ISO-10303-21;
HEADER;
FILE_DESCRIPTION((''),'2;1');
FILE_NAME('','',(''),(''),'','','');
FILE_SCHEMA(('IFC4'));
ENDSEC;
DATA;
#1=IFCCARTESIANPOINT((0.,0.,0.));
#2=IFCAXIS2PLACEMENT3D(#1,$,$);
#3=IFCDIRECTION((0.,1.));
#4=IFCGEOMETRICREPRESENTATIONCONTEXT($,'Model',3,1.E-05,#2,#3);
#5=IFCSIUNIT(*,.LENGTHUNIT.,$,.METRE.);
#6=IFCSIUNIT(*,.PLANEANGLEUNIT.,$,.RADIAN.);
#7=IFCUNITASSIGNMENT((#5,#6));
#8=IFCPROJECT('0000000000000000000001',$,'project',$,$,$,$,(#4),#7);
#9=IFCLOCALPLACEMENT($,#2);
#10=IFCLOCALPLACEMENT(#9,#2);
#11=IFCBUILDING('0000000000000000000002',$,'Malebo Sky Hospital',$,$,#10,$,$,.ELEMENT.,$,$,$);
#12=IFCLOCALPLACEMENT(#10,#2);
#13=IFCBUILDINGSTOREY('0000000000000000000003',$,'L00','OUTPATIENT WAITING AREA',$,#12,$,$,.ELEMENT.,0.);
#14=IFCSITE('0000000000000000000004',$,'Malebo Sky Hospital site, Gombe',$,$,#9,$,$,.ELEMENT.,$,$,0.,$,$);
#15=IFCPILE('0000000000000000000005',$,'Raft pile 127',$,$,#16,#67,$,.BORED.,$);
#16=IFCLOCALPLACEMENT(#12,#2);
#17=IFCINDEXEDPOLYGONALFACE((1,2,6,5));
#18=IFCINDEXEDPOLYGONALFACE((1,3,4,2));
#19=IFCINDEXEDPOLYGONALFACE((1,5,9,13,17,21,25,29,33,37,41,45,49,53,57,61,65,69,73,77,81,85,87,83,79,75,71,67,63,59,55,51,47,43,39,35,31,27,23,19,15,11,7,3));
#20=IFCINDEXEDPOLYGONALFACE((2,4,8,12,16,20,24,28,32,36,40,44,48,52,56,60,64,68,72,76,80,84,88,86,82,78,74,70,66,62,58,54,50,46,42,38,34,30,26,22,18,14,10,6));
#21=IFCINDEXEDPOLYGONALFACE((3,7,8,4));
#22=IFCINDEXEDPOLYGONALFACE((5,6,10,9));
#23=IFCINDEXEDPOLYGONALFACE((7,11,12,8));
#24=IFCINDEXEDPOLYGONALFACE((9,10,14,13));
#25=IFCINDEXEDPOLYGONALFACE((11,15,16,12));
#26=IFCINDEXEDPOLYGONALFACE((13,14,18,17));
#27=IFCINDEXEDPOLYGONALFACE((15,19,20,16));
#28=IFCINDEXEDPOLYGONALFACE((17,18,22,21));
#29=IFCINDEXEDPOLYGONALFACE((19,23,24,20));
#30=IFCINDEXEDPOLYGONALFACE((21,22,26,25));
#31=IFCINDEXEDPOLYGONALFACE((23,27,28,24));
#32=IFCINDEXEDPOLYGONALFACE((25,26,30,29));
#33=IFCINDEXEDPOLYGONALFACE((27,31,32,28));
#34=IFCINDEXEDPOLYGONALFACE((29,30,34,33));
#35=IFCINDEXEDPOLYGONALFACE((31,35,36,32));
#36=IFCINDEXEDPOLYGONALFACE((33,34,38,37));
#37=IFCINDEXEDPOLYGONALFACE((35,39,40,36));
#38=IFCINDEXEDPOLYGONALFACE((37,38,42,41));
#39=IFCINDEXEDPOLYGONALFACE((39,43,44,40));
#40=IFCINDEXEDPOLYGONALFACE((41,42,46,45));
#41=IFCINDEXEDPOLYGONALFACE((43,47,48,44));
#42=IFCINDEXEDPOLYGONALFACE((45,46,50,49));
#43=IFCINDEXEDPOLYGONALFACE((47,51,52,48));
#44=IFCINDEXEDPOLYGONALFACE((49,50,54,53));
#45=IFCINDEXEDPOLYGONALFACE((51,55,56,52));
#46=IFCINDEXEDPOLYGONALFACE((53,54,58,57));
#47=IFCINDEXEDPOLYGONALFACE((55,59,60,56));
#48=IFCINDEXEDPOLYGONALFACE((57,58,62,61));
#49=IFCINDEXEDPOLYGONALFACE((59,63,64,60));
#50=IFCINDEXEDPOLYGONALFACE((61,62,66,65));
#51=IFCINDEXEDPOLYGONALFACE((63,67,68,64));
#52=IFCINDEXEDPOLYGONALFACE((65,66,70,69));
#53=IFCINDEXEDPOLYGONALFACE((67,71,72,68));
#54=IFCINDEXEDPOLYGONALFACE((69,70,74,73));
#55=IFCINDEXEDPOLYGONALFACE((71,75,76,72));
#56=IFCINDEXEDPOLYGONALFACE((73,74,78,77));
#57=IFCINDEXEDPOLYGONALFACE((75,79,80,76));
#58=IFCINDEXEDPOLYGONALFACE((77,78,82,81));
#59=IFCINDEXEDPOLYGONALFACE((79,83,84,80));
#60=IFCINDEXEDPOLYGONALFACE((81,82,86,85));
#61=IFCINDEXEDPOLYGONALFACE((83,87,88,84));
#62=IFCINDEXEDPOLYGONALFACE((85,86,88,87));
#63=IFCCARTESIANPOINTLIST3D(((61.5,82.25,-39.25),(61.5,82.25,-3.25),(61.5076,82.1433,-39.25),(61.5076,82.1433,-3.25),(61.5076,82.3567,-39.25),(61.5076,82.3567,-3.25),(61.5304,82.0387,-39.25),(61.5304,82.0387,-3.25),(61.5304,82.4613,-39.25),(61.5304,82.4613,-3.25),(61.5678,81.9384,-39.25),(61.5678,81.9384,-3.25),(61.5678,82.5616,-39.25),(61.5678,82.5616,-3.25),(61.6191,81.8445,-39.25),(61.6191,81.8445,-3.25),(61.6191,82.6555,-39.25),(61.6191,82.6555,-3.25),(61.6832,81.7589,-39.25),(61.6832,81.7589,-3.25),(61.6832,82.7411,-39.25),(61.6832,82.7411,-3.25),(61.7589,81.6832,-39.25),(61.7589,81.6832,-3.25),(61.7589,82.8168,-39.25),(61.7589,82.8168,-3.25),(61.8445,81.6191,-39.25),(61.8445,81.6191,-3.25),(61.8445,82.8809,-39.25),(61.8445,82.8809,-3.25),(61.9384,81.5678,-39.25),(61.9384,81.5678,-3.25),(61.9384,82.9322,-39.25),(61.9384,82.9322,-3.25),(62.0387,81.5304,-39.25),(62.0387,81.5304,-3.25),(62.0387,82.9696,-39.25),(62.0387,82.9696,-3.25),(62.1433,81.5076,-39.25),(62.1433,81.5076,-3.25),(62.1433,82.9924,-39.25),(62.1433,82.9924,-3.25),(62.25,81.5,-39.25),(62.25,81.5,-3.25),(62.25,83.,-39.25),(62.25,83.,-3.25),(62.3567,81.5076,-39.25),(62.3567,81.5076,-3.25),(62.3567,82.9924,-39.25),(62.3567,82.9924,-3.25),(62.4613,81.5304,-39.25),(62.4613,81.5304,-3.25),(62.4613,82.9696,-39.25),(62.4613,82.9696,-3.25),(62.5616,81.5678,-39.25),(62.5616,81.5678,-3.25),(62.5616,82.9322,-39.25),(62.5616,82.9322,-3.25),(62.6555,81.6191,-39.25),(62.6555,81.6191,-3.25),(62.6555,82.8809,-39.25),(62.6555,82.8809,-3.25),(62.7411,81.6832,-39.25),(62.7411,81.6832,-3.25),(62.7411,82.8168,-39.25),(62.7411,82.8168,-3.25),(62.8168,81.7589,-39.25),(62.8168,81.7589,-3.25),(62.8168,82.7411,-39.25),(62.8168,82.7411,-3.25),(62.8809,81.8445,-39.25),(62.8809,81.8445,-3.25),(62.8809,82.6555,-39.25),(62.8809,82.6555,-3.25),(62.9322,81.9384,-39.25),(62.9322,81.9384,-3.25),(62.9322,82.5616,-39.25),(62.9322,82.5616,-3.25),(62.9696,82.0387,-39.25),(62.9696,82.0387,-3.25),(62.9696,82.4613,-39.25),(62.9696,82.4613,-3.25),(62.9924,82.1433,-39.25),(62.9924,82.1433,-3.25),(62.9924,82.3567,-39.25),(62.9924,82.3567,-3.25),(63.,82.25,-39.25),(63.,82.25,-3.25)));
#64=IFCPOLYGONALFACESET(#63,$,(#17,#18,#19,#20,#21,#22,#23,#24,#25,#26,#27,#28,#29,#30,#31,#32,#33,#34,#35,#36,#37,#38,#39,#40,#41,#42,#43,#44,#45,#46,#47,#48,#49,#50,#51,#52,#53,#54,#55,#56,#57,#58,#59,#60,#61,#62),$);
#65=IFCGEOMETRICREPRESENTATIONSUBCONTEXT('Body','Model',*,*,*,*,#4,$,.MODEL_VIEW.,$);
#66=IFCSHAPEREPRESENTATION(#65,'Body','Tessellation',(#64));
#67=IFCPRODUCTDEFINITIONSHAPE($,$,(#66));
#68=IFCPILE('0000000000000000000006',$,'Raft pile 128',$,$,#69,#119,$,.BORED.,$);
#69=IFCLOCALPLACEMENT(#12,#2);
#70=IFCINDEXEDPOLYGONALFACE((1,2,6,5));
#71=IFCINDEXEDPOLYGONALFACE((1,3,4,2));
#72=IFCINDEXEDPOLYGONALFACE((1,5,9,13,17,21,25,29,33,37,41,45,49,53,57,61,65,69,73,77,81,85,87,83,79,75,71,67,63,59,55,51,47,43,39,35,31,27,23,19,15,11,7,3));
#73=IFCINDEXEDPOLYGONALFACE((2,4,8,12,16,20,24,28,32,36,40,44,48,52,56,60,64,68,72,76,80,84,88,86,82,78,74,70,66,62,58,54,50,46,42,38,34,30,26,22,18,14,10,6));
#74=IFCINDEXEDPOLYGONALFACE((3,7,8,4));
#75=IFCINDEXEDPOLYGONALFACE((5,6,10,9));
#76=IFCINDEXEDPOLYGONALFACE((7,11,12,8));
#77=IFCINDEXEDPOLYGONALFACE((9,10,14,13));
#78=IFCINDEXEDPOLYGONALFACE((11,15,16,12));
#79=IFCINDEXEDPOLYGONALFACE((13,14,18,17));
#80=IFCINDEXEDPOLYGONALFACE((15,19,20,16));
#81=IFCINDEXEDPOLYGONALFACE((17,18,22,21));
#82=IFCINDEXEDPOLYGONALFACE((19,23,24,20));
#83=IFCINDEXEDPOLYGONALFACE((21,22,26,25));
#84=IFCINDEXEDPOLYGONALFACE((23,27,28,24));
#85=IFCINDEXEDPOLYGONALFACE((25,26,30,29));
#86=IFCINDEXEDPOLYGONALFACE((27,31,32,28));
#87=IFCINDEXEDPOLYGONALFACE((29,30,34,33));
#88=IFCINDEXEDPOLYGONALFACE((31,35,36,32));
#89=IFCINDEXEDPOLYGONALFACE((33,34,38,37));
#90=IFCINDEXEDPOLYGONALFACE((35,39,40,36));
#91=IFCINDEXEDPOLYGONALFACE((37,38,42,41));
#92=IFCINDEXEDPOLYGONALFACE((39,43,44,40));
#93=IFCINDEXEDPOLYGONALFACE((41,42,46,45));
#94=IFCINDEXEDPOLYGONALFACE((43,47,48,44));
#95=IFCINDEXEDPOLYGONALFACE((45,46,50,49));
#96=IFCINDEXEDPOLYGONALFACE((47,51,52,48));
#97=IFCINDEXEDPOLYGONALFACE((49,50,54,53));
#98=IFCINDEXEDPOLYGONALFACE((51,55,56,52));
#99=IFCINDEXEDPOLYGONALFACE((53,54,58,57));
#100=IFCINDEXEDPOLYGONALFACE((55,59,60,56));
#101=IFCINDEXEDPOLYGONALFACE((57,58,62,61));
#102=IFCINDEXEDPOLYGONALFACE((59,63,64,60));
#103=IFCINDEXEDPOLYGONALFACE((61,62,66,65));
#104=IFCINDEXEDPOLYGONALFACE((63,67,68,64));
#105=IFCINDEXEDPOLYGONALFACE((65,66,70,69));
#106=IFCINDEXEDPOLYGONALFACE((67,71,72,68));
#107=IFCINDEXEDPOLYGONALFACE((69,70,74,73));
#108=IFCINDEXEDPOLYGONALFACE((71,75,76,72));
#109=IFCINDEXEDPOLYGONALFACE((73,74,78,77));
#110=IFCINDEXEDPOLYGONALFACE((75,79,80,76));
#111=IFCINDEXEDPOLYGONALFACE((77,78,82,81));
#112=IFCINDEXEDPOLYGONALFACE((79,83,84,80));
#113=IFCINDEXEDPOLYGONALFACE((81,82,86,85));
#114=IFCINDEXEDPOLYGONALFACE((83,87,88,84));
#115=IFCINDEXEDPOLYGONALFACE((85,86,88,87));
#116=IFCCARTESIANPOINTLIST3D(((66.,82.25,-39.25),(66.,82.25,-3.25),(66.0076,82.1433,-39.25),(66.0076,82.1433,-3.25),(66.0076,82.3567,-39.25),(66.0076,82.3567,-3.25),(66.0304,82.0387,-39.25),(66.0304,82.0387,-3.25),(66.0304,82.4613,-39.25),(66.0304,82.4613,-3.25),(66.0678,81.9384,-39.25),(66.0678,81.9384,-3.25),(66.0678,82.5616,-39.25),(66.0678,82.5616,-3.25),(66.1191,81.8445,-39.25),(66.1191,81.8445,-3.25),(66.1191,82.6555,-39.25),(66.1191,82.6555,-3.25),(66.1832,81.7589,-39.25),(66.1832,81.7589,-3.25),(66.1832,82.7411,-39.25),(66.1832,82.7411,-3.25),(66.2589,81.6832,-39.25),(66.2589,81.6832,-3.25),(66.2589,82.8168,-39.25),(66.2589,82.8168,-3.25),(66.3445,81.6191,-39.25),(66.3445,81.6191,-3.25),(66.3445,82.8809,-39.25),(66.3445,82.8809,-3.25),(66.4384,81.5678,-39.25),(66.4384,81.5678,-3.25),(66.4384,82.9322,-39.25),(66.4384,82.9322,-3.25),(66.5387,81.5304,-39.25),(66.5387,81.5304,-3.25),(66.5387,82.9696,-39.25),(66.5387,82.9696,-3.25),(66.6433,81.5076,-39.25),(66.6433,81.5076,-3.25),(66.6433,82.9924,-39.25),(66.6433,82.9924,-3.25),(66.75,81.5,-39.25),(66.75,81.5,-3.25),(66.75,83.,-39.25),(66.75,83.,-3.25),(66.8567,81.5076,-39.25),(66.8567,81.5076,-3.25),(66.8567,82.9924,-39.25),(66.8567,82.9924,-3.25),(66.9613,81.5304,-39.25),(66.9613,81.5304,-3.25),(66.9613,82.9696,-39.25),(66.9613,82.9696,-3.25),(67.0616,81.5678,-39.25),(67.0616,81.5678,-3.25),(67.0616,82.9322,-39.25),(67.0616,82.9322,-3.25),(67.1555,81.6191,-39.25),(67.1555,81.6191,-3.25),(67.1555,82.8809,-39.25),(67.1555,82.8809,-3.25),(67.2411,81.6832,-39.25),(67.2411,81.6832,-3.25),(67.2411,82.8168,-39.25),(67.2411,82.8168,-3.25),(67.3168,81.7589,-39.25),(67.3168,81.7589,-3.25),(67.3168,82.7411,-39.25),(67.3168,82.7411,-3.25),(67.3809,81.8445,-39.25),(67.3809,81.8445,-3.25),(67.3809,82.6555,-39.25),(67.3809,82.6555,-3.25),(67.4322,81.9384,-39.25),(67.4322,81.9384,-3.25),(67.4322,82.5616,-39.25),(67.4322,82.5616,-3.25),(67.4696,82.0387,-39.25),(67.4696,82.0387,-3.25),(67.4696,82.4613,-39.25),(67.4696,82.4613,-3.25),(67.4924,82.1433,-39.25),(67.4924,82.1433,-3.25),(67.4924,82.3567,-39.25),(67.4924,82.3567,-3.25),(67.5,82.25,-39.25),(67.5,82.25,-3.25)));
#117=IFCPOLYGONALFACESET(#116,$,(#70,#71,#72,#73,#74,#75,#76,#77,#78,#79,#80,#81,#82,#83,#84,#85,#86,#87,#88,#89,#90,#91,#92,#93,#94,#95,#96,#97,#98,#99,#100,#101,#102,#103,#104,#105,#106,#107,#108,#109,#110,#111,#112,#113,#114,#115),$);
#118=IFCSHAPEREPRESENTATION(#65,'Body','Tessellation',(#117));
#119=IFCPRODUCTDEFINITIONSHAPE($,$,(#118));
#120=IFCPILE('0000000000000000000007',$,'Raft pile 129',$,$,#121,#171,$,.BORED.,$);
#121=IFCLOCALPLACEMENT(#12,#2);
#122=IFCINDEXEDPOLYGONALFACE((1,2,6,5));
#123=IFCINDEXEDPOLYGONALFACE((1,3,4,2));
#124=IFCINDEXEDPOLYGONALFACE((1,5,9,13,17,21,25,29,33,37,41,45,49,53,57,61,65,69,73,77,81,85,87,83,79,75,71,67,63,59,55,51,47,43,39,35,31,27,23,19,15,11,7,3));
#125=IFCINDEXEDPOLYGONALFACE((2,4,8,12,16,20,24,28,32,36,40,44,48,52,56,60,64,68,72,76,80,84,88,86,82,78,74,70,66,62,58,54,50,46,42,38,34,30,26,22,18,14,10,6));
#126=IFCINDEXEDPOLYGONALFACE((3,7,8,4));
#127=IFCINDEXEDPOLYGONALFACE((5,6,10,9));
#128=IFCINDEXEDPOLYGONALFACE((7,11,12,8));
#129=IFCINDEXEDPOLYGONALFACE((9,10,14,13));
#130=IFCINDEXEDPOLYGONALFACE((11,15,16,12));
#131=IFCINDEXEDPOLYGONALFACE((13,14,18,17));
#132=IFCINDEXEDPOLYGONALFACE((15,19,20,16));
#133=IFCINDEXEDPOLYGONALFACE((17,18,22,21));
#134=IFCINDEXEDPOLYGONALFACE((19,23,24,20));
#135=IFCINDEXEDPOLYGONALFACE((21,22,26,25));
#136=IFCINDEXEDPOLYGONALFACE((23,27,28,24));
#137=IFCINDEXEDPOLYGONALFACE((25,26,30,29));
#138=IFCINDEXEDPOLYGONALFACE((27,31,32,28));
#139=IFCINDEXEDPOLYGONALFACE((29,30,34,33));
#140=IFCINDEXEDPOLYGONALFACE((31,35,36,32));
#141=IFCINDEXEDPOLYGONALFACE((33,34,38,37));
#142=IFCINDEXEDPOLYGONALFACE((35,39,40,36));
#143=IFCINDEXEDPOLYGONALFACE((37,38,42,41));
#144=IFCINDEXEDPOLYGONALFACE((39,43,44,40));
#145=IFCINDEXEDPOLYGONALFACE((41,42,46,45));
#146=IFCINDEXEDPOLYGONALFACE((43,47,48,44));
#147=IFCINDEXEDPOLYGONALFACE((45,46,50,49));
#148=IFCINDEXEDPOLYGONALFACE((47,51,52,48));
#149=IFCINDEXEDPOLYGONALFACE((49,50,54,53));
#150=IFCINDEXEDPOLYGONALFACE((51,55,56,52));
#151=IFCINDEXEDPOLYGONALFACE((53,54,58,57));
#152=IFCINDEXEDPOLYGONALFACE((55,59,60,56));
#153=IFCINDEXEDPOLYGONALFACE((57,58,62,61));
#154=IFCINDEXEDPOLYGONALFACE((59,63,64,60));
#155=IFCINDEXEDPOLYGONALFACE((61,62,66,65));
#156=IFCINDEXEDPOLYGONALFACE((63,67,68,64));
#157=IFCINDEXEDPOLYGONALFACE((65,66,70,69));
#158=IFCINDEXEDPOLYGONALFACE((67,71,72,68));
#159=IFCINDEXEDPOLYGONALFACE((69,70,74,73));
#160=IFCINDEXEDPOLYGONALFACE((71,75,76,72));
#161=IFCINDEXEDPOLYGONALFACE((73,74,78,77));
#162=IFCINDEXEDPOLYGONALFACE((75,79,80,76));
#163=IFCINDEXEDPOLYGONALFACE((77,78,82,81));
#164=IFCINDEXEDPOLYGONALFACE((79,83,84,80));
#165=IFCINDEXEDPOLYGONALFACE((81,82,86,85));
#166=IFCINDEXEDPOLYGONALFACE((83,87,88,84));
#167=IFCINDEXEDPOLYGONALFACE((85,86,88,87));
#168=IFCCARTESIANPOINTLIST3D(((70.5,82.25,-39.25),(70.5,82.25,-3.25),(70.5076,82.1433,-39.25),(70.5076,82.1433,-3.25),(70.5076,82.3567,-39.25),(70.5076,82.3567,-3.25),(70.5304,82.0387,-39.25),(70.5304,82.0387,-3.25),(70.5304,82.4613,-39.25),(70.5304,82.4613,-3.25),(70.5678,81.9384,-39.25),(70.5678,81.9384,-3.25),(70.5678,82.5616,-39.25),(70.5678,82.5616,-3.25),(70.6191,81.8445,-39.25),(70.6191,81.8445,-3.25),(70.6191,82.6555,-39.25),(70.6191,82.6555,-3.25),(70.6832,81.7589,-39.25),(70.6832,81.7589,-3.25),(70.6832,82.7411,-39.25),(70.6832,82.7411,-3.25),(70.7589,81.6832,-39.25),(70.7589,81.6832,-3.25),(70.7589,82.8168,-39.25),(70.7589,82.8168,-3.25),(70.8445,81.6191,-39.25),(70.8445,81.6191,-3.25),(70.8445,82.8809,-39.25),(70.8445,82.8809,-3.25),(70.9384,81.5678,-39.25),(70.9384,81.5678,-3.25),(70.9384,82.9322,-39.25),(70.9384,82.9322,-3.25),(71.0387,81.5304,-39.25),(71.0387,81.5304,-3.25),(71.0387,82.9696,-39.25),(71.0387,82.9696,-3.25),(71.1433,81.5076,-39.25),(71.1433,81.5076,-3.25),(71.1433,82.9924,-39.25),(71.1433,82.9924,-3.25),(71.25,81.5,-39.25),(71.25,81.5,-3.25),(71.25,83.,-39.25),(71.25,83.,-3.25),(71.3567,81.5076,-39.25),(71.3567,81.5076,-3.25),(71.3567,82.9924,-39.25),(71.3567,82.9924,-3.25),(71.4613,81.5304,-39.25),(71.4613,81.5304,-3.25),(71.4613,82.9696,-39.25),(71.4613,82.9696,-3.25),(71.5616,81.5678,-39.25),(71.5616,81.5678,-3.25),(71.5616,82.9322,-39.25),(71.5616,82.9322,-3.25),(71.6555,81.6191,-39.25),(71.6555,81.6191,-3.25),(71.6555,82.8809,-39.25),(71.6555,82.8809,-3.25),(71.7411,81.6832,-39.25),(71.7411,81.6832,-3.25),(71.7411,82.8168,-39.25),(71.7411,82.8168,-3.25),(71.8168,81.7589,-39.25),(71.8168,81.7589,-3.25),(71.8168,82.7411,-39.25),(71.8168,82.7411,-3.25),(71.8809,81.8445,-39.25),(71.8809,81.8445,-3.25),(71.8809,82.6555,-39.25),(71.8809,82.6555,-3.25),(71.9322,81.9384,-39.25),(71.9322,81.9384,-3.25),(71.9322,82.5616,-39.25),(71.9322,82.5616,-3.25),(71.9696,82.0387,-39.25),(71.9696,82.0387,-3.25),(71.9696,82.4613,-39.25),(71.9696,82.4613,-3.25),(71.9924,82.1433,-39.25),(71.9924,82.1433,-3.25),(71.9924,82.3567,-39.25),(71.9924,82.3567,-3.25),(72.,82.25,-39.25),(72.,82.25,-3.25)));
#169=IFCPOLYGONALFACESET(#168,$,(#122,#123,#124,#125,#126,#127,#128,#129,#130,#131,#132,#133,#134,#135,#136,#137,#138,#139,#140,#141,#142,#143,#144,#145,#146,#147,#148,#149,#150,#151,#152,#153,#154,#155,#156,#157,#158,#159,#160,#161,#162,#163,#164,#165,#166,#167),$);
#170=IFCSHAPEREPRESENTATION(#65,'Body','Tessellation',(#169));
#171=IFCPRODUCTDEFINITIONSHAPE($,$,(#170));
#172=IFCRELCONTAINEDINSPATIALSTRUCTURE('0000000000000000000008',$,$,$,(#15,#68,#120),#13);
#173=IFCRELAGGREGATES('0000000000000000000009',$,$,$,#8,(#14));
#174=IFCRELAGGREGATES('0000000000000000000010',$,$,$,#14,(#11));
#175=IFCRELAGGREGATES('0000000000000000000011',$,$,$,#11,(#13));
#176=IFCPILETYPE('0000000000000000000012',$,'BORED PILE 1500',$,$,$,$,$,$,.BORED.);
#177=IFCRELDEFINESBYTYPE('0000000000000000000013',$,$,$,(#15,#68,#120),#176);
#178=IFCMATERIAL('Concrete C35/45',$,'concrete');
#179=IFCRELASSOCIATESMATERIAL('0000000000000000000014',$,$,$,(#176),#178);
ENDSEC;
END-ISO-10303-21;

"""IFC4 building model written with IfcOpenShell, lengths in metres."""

from ifc_helpers import new_model, si_unit, direction, frame, origin, origin_2d, place, context, subcontext, project, spatial, circle, extrude, material, material_profile, profile_set, type_object, element, save


model = new_model("IFC4")

# Units and contexts
model_context = context("Model", 3, precision=1e-05, world=origin(), true_north=direction((0.0, 1.0)))
body_context = subcontext(model_context, "Body", "Model", "MODEL_VIEW")
ifc_project = project(units=[si_unit("LENGTHUNIT", "METRE"), si_unit("PLANEANGLEUNIT", "RADIAN")], contexts=[model_context])

# Site, building, storey
site_placement = place(None, origin())
site = spatial("IfcSite", under=ifc_project, at=site_placement, Name="Malebo Sky Hospital site, Gombe", CompositionType="ELEMENT", RefElevation=0.0)
building_placement = place(site_placement, origin())
building = spatial("IfcBuilding", under=site, at=building_placement, Name="Malebo Sky Hospital", CompositionType="ELEMENT")
storey_placement = place(building_placement, origin())
storey = spatial("IfcBuildingStorey", under=building, at=storey_placement, Name="L00", Description="OUTPATIENT WAITING AREA", CompositionType="ELEMENT", Elevation=0.0)

# Piles
ifc_material_1 = material(Name="Concrete C35/45", Category="concrete")
ifc_material_profile_1 = material_profile(ifc_material_1, circle(Radius=0.75, at=origin_2d()), Name="BP 1500")
ifc_profile_set_1 = profile_set([ifc_material_profile_1], Name="Concrete C35/45")
pile_type = type_object("IfcPileType", Name="BORED PILE 1500", PredefinedType="BORED", material=ifc_profile_set_1)
for number, where, z_axis, x_axis, name in (
    (1, (62.25, 82.25, -3.25), (0.0, 0.0, -1.0), (1.0, 0.0, 0.0), "Raft pile 127"),
    (2, (66.75, 82.25, -3.25), (0.0, 0.0, -1.0), (1.0, 0.0, 0.0), "Raft pile 128"),
    (3, (71.25, 82.25, -3.25), (0.0, 0.0, -1.0), (1.0, 0.0, 0.0), "Raft pile 129"),
):
    element("IfcPile", number, at=place(storey_placement, frame(where, z_axis=z_axis, x_axis=x_axis)), inside=storey, type_object=pile_type, Name=name, PredefinedType="BORED", context=body_context, shape_type="SweptSolid", body=[
        extrude(circle(Radius=0.75, at=origin_2d()), origin(), (0.0, 0.0, 1.0), 36.0),
    ])

save(model, "model.ifc")
